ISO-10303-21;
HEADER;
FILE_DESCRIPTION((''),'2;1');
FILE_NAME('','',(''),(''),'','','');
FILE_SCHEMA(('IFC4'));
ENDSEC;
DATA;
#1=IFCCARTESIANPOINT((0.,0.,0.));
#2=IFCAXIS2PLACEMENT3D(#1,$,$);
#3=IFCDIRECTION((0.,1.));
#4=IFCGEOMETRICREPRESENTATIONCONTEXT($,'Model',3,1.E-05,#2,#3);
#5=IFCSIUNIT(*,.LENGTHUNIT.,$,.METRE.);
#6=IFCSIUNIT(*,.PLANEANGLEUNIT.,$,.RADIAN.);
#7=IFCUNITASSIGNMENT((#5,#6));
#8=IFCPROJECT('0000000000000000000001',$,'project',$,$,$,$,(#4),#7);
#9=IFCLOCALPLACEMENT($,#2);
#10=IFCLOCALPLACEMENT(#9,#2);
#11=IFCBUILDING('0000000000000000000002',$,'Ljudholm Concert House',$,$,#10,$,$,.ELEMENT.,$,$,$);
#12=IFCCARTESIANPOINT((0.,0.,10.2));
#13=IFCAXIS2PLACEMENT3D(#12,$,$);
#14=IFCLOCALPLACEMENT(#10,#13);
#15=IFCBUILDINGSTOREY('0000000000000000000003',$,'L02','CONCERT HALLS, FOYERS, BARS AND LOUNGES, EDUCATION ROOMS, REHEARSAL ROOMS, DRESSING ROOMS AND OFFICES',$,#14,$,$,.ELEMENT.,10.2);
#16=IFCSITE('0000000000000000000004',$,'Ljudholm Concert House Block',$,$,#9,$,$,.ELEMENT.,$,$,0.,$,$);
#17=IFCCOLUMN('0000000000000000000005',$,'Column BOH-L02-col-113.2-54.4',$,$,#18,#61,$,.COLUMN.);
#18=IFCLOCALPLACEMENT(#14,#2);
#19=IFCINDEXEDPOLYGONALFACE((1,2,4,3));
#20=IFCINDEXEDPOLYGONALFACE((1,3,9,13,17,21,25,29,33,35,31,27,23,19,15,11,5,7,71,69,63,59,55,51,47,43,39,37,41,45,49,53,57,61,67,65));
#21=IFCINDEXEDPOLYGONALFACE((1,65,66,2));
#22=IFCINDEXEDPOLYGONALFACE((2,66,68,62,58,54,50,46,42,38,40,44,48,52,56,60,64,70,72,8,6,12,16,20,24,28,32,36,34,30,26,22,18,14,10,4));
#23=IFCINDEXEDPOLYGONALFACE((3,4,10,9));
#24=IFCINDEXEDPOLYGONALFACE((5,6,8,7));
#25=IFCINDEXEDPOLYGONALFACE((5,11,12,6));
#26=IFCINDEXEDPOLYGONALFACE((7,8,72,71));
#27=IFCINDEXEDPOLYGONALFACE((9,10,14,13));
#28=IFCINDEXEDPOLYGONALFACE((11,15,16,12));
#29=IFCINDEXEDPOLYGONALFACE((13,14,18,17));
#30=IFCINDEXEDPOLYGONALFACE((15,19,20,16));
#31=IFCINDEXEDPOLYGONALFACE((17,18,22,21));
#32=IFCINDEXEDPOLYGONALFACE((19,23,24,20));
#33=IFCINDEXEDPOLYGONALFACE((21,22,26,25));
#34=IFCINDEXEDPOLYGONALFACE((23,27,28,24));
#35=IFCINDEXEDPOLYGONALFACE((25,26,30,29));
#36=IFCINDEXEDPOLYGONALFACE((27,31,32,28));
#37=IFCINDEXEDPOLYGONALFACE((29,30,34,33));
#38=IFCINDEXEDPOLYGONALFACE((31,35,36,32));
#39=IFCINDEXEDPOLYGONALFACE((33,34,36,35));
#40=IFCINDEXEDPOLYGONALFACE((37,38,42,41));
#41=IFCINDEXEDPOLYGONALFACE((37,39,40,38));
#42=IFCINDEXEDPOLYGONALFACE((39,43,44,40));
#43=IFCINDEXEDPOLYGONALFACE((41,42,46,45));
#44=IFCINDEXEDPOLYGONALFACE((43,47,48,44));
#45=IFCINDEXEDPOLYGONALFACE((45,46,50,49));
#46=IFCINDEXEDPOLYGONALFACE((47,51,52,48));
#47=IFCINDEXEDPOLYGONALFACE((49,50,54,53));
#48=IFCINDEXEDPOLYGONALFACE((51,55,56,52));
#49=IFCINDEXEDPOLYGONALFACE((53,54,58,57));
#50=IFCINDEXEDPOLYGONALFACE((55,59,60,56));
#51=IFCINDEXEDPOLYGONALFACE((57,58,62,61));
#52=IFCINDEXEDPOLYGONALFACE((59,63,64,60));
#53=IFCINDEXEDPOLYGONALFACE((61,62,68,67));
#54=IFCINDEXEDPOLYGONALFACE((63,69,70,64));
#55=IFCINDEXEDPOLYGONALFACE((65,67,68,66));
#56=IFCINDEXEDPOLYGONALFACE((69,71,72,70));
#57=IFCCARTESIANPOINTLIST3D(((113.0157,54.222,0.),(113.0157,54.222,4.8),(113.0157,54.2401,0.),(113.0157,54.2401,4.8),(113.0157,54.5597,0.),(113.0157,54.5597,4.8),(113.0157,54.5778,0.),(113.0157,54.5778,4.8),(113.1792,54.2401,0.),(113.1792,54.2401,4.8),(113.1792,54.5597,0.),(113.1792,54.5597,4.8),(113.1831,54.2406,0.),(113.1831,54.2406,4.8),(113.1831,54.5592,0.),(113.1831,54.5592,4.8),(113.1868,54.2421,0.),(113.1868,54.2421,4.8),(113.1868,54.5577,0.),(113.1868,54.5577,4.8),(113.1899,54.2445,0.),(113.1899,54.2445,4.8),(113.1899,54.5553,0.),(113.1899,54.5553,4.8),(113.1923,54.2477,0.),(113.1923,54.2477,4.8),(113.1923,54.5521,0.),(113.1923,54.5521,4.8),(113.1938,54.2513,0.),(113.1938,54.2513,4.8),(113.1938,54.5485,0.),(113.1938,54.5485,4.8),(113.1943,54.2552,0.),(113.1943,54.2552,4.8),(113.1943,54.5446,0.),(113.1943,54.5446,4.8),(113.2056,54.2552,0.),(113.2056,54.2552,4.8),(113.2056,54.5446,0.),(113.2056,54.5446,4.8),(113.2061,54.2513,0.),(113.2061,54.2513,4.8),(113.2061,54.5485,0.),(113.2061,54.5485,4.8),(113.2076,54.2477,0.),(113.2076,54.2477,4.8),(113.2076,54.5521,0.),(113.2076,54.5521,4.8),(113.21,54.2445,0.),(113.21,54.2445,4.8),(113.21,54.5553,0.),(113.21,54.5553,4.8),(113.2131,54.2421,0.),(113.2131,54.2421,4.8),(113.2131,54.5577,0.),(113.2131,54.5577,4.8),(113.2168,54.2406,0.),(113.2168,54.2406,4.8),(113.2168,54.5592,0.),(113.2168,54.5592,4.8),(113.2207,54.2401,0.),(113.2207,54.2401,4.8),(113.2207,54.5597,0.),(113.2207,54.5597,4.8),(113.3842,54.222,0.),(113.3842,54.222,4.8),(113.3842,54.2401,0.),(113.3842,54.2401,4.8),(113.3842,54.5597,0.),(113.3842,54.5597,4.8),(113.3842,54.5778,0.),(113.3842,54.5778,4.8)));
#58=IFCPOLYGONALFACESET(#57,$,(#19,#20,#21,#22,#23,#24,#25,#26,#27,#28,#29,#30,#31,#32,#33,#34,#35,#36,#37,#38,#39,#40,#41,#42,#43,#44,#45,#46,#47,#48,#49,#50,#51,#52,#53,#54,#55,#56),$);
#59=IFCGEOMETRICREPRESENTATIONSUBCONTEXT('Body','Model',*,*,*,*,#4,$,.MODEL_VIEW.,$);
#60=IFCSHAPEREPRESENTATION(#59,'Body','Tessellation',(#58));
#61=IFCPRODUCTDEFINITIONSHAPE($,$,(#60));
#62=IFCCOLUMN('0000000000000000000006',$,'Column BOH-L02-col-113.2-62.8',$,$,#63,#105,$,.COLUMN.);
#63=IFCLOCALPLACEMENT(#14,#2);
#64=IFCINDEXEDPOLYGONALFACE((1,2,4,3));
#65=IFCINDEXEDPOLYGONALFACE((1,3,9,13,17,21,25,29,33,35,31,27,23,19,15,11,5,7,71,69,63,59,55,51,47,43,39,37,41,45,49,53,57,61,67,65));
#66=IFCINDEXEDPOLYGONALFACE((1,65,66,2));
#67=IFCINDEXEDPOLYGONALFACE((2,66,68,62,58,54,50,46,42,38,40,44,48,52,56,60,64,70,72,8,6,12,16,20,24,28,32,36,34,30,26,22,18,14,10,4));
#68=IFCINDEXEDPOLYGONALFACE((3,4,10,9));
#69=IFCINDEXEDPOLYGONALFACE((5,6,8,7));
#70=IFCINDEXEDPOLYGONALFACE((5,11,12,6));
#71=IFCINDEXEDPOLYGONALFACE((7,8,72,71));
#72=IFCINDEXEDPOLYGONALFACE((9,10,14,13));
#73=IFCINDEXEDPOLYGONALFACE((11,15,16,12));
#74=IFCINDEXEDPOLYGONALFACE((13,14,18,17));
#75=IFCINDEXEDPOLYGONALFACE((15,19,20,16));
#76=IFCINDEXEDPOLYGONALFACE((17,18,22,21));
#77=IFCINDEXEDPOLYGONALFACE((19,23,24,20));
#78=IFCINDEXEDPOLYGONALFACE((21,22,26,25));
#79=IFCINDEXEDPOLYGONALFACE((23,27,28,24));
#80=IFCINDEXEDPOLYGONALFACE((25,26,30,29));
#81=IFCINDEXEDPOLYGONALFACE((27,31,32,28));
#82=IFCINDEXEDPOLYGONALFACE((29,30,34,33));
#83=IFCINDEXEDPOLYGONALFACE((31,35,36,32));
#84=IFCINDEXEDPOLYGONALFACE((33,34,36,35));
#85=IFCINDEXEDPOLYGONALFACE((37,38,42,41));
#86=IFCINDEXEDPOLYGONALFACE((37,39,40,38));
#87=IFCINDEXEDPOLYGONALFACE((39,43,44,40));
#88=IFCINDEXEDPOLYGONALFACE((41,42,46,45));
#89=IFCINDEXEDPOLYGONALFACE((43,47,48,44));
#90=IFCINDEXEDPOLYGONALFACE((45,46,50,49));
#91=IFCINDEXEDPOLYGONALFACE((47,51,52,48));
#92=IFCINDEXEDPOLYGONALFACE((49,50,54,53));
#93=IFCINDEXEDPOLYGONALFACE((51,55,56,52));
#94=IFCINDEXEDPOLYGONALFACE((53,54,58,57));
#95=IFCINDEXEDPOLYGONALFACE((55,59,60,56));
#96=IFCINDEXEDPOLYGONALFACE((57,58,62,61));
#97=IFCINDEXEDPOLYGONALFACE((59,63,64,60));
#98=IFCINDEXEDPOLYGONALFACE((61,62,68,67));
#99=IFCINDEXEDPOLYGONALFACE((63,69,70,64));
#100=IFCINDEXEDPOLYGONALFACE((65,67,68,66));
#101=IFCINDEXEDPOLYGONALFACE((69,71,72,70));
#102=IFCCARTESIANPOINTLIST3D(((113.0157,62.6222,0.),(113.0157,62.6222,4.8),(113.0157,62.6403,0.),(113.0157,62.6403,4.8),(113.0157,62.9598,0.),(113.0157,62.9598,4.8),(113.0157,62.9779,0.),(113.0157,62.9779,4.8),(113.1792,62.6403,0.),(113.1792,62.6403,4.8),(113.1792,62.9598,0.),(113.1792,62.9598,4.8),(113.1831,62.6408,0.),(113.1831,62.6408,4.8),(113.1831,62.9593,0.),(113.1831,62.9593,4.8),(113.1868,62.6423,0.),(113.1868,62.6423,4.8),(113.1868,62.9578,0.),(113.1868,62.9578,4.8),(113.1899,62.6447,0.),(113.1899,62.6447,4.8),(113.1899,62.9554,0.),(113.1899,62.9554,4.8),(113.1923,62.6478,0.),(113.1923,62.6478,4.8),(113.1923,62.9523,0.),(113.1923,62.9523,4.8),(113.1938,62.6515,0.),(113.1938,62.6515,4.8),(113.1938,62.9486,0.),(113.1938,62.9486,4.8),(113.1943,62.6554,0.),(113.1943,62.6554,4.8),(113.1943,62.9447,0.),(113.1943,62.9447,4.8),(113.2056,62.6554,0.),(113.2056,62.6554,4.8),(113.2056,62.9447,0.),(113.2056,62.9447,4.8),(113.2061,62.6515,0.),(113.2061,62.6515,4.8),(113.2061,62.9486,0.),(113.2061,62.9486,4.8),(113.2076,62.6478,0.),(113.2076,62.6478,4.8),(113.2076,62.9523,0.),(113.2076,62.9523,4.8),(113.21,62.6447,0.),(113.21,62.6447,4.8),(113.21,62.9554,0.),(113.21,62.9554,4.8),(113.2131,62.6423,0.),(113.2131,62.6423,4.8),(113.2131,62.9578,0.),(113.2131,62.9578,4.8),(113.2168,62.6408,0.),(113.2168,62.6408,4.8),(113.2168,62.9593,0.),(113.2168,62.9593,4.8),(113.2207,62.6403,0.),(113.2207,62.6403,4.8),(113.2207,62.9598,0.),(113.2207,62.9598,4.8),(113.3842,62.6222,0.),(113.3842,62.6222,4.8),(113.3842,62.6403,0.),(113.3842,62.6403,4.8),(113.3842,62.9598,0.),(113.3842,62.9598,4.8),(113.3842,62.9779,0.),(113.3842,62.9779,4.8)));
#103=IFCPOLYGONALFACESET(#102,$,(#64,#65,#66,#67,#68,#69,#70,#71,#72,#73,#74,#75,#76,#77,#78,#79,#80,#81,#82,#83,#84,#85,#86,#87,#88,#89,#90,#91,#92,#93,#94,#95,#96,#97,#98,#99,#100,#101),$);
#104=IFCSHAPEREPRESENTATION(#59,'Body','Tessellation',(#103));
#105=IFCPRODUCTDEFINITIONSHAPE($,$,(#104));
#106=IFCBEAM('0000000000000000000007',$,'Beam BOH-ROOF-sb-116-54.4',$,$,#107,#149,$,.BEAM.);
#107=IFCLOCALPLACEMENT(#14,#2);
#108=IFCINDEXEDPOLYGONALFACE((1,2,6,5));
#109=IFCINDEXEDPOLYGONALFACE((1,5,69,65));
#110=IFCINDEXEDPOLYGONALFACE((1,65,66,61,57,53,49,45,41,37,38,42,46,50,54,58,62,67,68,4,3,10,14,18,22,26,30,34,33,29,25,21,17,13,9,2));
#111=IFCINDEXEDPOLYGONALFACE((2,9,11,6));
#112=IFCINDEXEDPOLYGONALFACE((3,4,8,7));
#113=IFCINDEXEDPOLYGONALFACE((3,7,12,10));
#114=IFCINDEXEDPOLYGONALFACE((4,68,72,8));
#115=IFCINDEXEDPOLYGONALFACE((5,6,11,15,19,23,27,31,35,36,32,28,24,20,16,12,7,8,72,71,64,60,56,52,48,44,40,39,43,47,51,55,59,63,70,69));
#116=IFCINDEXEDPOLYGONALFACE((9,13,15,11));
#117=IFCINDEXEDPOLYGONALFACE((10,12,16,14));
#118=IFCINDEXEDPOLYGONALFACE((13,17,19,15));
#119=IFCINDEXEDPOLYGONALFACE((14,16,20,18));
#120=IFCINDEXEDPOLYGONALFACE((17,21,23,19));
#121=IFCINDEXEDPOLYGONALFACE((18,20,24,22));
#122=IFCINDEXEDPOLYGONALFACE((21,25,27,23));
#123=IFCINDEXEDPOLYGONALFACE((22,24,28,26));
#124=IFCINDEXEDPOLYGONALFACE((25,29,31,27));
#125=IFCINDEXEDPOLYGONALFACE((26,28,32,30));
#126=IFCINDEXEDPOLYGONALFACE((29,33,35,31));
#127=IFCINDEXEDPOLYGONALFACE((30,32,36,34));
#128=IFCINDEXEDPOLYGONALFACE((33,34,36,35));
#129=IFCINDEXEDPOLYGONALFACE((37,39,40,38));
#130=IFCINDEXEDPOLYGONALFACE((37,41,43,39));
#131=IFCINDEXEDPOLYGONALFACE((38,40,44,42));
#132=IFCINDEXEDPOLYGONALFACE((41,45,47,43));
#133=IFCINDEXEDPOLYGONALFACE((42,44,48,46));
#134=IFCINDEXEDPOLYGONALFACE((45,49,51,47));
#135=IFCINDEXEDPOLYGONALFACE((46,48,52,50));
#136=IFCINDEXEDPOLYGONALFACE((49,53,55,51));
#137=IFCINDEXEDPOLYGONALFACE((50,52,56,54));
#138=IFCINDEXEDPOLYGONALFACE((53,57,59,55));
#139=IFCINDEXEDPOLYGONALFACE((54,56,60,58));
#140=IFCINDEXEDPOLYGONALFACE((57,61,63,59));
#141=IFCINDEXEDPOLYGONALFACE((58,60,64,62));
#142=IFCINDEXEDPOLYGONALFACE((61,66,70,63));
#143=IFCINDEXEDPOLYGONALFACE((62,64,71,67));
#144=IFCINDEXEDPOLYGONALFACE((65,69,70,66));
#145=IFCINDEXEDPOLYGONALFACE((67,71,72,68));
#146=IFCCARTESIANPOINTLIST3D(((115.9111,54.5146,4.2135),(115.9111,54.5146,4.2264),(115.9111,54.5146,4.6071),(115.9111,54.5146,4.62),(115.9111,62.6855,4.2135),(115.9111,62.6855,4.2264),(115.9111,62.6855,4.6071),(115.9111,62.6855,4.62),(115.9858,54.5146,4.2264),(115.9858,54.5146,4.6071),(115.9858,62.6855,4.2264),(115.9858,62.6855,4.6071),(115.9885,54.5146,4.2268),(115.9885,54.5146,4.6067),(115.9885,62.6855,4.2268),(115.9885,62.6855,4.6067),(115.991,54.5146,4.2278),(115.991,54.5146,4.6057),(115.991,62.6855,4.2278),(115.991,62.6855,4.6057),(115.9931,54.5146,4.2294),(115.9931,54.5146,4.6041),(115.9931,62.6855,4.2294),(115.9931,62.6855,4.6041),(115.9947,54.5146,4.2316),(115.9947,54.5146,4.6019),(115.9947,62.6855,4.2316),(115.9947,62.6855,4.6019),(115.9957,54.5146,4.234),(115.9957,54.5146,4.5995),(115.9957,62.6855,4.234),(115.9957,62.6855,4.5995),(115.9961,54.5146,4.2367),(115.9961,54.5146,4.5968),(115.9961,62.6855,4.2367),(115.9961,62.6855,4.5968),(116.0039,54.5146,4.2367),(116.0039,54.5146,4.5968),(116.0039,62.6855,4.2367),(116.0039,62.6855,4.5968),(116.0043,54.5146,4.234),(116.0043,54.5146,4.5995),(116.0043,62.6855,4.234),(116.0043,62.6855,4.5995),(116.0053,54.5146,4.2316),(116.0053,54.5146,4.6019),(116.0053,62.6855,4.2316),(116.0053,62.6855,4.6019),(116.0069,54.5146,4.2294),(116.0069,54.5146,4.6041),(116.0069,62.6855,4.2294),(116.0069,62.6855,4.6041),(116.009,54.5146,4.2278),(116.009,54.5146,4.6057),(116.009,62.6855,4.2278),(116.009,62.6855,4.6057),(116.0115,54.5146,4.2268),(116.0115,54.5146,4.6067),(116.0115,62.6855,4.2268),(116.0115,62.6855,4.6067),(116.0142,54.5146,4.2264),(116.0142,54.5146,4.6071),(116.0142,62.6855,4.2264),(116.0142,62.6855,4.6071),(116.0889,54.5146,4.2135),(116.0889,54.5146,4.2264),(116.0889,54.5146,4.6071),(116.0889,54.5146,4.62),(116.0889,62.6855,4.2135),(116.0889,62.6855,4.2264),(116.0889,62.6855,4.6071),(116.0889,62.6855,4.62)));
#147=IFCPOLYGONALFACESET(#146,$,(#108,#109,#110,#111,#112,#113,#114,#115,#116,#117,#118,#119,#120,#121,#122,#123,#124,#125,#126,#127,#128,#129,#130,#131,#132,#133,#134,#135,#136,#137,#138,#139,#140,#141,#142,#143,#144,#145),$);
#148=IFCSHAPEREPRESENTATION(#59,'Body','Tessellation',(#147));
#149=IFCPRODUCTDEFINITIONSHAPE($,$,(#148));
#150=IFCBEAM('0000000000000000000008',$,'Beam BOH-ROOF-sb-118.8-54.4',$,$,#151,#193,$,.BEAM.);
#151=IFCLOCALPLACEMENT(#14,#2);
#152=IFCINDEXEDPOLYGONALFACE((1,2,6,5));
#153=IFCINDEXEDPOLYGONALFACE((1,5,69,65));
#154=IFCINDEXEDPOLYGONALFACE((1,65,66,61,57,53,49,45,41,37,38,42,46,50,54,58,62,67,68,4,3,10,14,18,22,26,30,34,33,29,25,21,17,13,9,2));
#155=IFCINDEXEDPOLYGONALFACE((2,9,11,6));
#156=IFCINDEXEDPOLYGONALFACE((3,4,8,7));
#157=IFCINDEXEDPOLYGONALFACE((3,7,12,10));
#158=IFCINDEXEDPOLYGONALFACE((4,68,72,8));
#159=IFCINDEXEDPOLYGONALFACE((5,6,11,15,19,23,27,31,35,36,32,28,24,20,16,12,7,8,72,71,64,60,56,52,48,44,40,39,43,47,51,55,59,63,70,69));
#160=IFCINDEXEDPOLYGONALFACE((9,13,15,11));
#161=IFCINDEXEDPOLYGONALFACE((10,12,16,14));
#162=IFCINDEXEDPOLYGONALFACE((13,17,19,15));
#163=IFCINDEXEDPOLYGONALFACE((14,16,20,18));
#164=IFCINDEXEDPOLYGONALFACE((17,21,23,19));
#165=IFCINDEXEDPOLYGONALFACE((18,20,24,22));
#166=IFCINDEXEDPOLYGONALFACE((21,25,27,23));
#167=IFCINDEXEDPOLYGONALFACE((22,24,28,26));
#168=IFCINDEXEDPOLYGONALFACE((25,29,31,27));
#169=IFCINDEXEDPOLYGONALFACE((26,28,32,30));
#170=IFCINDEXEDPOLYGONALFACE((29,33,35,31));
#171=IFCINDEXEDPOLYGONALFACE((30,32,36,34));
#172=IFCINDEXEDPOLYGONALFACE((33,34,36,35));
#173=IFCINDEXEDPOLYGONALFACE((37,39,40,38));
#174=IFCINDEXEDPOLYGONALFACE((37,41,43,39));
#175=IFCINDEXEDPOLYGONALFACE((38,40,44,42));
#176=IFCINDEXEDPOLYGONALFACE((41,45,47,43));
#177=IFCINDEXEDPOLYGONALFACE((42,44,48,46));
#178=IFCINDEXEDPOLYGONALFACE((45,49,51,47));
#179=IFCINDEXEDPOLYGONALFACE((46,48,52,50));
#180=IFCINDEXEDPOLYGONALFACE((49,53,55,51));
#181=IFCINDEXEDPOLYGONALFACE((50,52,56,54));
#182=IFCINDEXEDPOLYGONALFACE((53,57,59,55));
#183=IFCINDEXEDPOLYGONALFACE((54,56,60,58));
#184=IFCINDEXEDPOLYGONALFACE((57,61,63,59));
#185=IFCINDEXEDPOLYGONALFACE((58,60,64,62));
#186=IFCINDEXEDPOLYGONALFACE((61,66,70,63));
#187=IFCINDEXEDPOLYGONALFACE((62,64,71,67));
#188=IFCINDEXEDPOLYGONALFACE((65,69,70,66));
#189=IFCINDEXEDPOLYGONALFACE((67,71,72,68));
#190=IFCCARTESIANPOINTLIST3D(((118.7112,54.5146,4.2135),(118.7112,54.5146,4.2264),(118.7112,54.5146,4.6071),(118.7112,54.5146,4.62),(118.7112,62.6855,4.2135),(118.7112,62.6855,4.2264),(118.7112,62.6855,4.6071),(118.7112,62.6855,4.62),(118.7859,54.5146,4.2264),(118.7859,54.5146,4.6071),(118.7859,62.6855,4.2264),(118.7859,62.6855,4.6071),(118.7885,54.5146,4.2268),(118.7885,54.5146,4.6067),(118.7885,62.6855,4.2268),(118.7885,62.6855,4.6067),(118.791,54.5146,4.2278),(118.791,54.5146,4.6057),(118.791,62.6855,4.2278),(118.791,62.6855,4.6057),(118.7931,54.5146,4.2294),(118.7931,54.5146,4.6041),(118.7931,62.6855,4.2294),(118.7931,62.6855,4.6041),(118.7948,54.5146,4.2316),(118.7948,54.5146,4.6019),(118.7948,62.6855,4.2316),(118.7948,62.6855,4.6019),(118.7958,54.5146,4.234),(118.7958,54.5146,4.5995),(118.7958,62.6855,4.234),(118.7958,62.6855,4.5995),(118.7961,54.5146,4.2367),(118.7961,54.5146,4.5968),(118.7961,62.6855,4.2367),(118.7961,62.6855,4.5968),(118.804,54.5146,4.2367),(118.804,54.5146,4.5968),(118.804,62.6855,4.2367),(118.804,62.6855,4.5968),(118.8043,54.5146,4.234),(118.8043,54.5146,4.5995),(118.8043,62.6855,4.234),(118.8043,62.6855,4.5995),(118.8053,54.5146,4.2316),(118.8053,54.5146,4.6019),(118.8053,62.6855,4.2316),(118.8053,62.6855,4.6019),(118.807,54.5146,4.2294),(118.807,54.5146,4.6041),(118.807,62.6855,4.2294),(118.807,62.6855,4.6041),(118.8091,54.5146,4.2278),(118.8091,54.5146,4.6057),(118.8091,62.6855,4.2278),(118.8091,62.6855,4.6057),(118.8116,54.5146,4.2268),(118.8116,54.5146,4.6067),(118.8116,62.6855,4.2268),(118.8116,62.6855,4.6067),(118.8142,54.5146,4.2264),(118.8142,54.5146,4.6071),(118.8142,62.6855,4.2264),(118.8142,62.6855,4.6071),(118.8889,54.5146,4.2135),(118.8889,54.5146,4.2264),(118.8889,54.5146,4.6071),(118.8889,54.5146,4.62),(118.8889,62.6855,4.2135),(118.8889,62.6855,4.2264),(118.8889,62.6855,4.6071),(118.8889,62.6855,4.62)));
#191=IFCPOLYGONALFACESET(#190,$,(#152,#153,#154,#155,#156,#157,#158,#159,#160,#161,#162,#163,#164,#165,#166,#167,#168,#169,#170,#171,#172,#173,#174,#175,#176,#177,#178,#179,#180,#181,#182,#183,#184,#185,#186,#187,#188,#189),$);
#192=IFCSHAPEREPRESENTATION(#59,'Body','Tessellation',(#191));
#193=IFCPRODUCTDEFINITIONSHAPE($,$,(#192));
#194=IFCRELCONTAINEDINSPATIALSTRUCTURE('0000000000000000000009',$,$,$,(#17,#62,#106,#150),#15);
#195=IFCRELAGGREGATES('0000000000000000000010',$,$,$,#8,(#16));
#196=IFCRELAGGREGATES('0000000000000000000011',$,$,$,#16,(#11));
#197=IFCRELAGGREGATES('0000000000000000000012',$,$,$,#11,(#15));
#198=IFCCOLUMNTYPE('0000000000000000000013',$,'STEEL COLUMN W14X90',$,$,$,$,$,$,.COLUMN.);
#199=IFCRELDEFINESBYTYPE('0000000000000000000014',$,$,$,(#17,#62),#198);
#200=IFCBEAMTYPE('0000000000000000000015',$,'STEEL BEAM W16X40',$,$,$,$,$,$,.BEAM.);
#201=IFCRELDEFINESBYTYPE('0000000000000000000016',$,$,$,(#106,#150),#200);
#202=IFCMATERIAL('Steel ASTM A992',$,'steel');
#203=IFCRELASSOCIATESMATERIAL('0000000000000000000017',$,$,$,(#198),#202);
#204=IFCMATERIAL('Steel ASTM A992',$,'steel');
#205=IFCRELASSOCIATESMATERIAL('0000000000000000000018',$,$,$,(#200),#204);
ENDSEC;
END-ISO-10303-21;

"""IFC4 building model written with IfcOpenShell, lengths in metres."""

from ifc_helpers import new_model, si_unit, direction, frame, origin, origin_2d, place, context, subcontext, project, spatial, i_section, extrude, material, material_profile, profile_set, type_object, element, save


model = new_model("IFC4")

# Units and contexts
model_context = context("Model", 3, precision=1e-05, world=origin(), true_north=direction((0.0, 1.0)))
body_context = subcontext(model_context, "Body", "Model", "MODEL_VIEW")
ifc_project = project(units=[si_unit("LENGTHUNIT", "METRE"), si_unit("PLANEANGLEUNIT", "RADIAN")], contexts=[model_context])

# Site, building, storey
site_placement = place(None, origin())
site = spatial("IfcSite", under=ifc_project, at=site_placement, Name="Ljudholm Concert House Block", CompositionType="ELEMENT", RefElevation=0.0)
building_placement = place(site_placement, origin())
building = spatial("IfcBuilding", under=site, at=building_placement, Name="Ljudholm Concert House", CompositionType="ELEMENT")
storey_placement = place(building_placement, frame((0.0, 0.0, 10.2)))
storey = spatial("IfcBuildingStorey", under=building, at=storey_placement, Name="L02", Description="CONCERT HALLS, FOYERS, BARS AND LOUNGES, EDUCATION ROOMS, REHEARSAL ROOMS, DRESSING ROOMS AND OFFICES", CompositionType="ELEMENT", Elevation=10.2)

# Columns
ifc_material_1 = material(Name="Steel ASTM A992", Category="steel")
ifc_material_profile_1 = material_profile(ifc_material_1, i_section(OverallWidth=0.3684, OverallDepth=0.3557, WebThickness=0.0112, FlangeThickness=0.0181, FilletRadius=0.0151, at=origin_2d()), Name="W14X90")
ifc_profile_set_1 = profile_set([ifc_material_profile_1], Name="Steel ASTM A992")
column_type = type_object("IfcColumnType", Name="STEEL COLUMN W14X90", PredefinedType="COLUMN", material=ifc_profile_set_1)
for number, where, z_axis, x_axis, name in (
    (1, (113.2, 54.3999, 0.0), (0.0, 0.0, 1.0), (1.0, 0.0, 0.0), "Column BOH-L02-col-113.2-54.4"),
    (2, (113.2, 62.8, 0.0), (0.0, 0.0, 1.0), (1.0, 0.0, 0.0), "Column BOH-L02-col-113.2-62.8"),
):
    element("IfcColumn", number, at=place(storey_placement, frame(where, z_axis=z_axis, x_axis=x_axis)), inside=storey, type_object=column_type, Name=name, PredefinedType="COLUMN", context=body_context, shape_type="SweptSolid", body=[
        extrude(i_section(OverallWidth=0.3684, OverallDepth=0.3557, WebThickness=0.0112, FlangeThickness=0.0181, FilletRadius=0.0151, at=origin_2d()), origin(), (0.0, 0.0, 1.0), 4.8),
    ])

# Beams
ifc_material_2 = material(Name="Steel ASTM A992", Category="steel")
ifc_material_profile_2 = material_profile(ifc_material_2, i_section(OverallWidth=0.1777, OverallDepth=0.4065, WebThickness=0.0078, FlangeThickness=0.0129, FilletRadius=0.0103, at=origin_2d()), Name="W16X40")
ifc_profile_set_2 = profile_set([ifc_material_profile_2], Name="Steel ASTM A992")
beam_type_1 = type_object("IfcBeamType", Name="STEEL BEAM W16X40", PredefinedType="BEAM", material=ifc_profile_set_2)
for number, where, z_axis, x_axis, name in (
    (3, (116.0, 54.5146, 4.4167), (0.0, 1.0, 0.0), (-1.0, 0.0, 0.0), "Beam BOH-ROOF-sb-116-54.4"),
    (4, (118.8, 54.5146, 4.4167), (0.0, 1.0, 0.0), (-1.0, 0.0, 0.0), "Beam BOH-ROOF-sb-118.8-54.4"),
):
    element("IfcBeam", number, at=place(storey_placement, frame(where, z_axis=z_axis, x_axis=x_axis)), inside=storey, type_object=beam_type_1, Name=name, PredefinedType="BEAM", context=body_context, shape_type="SweptSolid", body=[
        extrude(i_section(OverallWidth=0.1777, OverallDepth=0.4065, WebThickness=0.0078, FlangeThickness=0.0129, FilletRadius=0.0103, at=origin_2d()), origin(), (0.0, 0.0, 1.0), 8.1709),
    ])

save(model, "model.ifc")
